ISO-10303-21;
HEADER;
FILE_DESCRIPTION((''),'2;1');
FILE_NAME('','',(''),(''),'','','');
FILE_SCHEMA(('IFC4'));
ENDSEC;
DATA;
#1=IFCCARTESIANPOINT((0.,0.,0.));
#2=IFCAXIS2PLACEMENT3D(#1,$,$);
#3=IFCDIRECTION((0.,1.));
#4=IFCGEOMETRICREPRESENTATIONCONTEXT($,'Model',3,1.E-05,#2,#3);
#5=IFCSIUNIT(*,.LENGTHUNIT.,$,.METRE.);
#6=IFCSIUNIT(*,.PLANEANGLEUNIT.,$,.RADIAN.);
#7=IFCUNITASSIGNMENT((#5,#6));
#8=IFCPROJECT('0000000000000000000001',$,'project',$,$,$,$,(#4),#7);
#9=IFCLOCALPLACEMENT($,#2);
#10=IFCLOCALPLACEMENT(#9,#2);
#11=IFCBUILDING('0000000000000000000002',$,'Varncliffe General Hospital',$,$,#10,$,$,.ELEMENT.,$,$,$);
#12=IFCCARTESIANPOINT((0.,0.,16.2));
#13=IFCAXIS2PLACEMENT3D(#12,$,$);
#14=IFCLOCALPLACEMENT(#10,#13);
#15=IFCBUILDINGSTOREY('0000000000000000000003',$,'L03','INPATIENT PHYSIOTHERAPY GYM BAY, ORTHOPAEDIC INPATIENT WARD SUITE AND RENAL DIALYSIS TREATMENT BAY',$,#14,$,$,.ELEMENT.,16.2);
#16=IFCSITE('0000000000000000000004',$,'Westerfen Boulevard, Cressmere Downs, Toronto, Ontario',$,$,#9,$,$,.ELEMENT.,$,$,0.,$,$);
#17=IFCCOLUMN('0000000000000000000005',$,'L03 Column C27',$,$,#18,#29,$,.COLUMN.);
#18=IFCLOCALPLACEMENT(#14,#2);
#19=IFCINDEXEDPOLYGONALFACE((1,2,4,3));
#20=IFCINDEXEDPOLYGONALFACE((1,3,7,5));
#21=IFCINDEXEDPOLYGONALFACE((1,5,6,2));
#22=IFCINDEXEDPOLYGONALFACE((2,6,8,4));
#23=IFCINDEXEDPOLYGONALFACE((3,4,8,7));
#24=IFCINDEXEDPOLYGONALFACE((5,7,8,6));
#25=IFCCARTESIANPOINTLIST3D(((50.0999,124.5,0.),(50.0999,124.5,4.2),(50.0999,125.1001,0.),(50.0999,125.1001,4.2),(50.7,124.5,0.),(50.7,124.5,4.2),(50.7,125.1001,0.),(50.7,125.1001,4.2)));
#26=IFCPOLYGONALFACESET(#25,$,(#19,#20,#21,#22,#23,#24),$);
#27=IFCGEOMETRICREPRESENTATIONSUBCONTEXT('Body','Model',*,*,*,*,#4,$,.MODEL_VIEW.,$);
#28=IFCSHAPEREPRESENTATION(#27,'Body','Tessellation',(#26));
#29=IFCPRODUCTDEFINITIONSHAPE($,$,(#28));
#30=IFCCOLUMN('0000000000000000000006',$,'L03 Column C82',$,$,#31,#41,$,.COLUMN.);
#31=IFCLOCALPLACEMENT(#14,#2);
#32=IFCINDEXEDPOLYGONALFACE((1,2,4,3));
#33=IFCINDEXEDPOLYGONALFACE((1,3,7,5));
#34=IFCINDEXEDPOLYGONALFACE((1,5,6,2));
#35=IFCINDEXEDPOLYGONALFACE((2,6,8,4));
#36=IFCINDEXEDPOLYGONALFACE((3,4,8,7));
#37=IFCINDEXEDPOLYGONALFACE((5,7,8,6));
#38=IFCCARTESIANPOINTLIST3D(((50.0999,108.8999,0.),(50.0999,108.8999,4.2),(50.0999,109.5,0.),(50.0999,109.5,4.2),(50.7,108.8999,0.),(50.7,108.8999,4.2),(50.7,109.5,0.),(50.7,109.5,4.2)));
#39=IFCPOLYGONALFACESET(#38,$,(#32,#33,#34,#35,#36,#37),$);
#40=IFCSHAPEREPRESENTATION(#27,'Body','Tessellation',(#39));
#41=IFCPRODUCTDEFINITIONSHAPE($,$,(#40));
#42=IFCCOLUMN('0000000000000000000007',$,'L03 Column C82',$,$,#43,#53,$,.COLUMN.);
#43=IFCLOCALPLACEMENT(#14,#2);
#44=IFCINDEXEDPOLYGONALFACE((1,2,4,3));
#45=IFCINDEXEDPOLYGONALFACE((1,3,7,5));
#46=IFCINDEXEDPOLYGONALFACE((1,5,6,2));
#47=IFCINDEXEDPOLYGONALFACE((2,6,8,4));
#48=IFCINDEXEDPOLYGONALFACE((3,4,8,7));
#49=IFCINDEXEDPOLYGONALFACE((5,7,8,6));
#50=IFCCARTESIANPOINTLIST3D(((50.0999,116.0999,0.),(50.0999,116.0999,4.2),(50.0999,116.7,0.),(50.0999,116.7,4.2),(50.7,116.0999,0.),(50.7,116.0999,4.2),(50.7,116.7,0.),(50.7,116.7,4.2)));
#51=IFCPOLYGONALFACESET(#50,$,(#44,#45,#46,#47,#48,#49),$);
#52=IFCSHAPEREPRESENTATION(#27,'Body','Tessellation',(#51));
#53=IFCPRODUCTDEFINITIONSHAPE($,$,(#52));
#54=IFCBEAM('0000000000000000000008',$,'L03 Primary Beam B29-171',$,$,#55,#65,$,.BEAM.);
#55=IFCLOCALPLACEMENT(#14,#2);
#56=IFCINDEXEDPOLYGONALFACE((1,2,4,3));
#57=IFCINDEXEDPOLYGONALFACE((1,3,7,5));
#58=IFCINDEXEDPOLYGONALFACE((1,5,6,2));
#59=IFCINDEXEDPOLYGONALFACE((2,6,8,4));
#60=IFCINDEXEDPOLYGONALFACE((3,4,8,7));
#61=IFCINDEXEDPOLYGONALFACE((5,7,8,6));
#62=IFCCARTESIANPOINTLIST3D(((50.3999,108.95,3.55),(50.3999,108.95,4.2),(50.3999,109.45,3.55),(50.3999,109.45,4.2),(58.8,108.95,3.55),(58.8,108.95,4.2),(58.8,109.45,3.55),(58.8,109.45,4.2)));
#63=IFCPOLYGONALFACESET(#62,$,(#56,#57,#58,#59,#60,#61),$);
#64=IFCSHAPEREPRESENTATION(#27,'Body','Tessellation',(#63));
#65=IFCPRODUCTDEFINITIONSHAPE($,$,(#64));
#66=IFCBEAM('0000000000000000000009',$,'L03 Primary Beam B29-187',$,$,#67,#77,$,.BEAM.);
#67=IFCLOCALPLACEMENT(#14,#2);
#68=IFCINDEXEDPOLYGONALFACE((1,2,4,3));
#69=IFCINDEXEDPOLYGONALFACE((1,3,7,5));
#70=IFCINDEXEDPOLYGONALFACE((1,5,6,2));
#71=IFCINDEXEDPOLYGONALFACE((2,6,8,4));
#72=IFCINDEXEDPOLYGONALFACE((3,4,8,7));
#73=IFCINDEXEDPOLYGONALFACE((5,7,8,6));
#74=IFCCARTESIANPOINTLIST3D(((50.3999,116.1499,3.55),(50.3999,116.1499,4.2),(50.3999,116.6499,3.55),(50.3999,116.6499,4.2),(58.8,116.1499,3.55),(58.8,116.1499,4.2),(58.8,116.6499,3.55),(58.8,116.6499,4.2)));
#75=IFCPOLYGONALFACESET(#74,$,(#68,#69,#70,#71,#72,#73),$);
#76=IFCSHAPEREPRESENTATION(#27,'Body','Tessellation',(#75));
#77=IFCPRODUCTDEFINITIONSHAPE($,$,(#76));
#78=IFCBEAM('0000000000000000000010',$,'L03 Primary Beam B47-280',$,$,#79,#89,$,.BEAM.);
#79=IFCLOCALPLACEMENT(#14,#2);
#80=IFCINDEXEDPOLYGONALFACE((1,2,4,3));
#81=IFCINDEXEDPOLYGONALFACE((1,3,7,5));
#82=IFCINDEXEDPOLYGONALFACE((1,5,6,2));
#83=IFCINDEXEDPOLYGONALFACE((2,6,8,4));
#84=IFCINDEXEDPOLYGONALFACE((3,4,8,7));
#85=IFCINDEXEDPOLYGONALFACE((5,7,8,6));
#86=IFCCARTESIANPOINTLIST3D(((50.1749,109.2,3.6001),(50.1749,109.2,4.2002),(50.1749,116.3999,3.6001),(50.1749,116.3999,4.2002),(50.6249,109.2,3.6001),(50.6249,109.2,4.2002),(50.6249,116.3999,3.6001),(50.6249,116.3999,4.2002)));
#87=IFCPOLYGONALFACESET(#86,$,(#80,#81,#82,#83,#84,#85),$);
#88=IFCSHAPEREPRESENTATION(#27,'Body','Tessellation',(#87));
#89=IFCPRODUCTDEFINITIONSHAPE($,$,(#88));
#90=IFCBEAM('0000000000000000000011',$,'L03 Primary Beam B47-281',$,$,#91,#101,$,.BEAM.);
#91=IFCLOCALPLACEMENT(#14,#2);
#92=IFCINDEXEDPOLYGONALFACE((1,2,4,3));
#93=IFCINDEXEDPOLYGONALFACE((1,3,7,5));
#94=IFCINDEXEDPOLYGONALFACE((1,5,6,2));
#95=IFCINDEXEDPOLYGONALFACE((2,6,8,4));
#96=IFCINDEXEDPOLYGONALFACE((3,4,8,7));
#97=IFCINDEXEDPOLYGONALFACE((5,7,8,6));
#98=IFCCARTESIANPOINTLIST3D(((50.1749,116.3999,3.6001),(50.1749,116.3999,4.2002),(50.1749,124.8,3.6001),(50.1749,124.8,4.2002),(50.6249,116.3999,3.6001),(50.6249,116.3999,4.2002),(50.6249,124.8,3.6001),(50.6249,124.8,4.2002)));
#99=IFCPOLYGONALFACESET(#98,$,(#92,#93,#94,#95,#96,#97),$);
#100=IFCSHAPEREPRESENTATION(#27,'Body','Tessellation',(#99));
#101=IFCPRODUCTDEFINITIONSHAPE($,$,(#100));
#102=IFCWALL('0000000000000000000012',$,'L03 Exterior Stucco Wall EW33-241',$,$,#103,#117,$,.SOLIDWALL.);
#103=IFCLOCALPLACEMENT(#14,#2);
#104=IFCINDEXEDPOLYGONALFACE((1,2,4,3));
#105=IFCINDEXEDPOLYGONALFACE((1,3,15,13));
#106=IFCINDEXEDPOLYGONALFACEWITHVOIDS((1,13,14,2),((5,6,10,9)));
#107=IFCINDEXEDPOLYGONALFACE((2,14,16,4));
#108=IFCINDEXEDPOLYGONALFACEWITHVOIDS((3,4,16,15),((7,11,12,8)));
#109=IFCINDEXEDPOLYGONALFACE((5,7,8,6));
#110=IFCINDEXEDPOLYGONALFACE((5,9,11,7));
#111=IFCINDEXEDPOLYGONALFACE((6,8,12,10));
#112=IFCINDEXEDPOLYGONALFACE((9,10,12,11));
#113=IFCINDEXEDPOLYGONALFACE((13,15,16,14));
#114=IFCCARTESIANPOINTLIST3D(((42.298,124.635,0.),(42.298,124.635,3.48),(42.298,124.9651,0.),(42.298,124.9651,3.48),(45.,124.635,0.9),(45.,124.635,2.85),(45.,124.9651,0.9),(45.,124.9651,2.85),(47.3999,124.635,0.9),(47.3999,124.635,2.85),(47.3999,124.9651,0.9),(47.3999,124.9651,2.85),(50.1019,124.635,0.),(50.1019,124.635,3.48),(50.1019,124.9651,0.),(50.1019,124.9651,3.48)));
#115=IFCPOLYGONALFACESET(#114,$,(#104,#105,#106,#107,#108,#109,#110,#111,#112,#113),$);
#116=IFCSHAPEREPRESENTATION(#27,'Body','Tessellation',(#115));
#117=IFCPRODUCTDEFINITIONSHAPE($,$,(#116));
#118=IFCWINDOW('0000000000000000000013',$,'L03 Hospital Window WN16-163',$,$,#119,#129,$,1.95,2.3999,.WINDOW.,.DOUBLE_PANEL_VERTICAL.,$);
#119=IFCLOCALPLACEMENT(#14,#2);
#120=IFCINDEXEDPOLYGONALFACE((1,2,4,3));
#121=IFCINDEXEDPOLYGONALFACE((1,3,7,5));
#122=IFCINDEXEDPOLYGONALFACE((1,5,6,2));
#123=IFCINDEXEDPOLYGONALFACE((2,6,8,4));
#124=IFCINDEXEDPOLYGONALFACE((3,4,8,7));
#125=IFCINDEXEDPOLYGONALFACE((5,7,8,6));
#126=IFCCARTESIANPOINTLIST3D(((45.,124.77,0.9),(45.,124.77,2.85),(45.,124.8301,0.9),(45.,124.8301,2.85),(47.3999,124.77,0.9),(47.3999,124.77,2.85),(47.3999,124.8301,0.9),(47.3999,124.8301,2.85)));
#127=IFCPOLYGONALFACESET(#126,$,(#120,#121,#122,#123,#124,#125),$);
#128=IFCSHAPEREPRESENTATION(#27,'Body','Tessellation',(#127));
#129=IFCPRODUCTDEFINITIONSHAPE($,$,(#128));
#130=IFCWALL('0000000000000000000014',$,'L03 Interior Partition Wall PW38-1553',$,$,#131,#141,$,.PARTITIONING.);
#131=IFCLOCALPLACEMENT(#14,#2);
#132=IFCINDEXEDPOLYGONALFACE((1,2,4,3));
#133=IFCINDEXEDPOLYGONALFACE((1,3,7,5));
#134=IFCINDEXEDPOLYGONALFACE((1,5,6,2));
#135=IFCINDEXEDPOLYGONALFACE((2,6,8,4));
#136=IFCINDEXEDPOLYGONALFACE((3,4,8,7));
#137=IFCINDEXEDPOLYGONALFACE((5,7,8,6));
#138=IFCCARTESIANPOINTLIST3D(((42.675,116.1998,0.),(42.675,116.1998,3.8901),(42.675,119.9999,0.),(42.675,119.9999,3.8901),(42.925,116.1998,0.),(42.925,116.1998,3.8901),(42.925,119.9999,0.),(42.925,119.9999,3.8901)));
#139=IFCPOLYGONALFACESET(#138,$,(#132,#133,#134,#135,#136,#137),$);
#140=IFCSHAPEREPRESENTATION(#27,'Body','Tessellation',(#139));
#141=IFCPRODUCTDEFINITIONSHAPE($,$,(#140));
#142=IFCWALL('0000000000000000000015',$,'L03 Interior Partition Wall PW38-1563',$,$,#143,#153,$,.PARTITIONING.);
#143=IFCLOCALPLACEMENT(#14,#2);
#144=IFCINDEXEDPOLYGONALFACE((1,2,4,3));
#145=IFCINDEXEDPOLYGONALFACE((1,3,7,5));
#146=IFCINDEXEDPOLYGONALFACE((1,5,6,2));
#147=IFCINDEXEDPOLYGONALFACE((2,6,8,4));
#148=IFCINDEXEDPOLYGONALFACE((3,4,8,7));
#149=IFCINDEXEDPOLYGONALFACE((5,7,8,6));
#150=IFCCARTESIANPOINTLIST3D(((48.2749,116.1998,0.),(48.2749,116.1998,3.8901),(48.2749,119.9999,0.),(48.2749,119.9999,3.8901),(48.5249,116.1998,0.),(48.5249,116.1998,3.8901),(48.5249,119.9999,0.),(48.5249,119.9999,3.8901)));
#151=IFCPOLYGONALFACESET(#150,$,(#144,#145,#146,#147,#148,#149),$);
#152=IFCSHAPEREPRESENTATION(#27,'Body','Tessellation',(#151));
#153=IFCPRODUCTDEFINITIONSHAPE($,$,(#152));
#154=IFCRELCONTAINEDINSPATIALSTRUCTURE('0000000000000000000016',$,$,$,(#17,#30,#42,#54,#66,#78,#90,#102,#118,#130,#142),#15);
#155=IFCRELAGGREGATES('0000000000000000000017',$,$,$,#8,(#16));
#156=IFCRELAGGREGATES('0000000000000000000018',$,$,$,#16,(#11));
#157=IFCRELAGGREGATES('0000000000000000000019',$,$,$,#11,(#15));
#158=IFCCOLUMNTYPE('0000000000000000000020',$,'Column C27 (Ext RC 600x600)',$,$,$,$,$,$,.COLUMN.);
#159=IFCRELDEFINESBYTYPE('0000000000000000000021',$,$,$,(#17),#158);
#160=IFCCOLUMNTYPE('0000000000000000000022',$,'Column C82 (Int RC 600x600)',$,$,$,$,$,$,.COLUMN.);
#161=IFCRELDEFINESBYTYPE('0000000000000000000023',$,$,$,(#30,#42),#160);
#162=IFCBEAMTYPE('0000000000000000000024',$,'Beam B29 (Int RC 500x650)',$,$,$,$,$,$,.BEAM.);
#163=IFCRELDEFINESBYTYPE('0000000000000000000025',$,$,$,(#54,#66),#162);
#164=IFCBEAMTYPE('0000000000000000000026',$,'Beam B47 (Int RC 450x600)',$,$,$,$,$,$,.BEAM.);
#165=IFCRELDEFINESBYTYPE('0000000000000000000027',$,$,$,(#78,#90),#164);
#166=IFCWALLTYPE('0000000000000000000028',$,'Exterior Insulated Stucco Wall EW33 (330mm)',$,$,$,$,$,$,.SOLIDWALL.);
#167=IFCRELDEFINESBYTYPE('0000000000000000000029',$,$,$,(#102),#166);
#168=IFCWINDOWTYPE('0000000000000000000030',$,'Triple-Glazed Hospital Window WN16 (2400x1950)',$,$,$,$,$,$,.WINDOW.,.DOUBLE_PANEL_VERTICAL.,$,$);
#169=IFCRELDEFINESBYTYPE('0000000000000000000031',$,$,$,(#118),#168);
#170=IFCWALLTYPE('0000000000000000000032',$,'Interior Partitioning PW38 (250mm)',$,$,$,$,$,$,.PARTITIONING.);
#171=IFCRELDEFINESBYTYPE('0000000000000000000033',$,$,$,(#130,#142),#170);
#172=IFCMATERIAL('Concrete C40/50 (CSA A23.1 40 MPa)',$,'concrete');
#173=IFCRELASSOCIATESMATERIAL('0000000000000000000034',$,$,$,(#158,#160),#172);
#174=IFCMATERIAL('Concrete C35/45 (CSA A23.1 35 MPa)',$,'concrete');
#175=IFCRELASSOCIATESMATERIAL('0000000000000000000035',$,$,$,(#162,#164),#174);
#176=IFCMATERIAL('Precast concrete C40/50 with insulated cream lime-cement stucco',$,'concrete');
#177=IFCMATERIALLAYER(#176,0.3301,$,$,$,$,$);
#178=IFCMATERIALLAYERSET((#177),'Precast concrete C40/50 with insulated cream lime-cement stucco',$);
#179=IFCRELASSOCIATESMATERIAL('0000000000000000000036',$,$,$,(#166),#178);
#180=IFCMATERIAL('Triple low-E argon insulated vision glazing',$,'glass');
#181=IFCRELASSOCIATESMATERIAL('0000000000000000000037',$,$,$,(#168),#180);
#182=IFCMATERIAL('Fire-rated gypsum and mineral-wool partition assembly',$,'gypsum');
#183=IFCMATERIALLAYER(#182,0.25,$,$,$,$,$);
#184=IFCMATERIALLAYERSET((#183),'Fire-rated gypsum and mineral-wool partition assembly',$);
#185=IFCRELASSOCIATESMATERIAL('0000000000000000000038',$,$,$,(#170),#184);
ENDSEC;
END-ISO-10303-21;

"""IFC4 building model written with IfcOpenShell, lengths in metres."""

from ifc_helpers import new_model, si_unit, direction, frame, frame_2d, origin, origin_2d, place, context, subcontext, project, spatial, rectangle, extrude, material, layer, layer_set, material_profile, profile_set, type_object, element, fill, save


model = new_model("IFC4")

# Units and contexts
model_context = context("Model", 3, precision=1e-05, world=origin(), true_north=direction((0.0, 1.0)))
body_context = subcontext(model_context, "Body", "Model", "MODEL_VIEW")
ifc_project = project(units=[si_unit("LENGTHUNIT", "METRE"), si_unit("PLANEANGLEUNIT", "RADIAN")], contexts=[model_context])

# Site, building, storey
site_placement = place(None, origin())
site = spatial("IfcSite", under=ifc_project, at=site_placement, Name="Westerfen Boulevard, Cressmere Downs, Toronto, Ontario", CompositionType="ELEMENT", RefElevation=0.0)
building_placement = place(site_placement, origin())
building = spatial("IfcBuilding", under=site, at=building_placement, Name="Varncliffe General Hospital", CompositionType="ELEMENT")
storey_placement = place(building_placement, frame((0.0, 0.0, 16.2)))
storey = spatial("IfcBuildingStorey", under=building, at=storey_placement, Name="L03", Description="INPATIENT PHYSIOTHERAPY GYM BAY, ORTHOPAEDIC INPATIENT WARD SUITE AND RENAL DIALYSIS TREATMENT BAY", CompositionType="ELEMENT", Elevation=16.2)

# Columns
ifc_material_1 = material(Name="Concrete C40/50 (CSA A23.1 40 MPa)", Category="concrete")
ifc_material_profile_1 = material_profile(ifc_material_1, rectangle(XDim=0.6001, YDim=0.6001, at=origin_2d()), Name="RC 600x600")
ifc_profile_set_1 = profile_set([ifc_material_profile_1], Name="Concrete C40/50 (CSA A23.1 40 MPa)")
column_type_1 = type_object("IfcColumnType", Name="Column C27 (Ext RC 600x600)", PredefinedType="COLUMN", material=ifc_profile_set_1)
column_placement = place(storey_placement, frame((50.3999, 124.8, 0.0), z_axis=(0.0, 0.0, 1.0), x_axis=(1.0, 0.0, 0.0)))
element("IfcColumn", 1, at=column_placement, inside=storey, type_object=column_type_1, Name="L03 Column C27", PredefinedType="COLUMN", context=body_context, shape_type="SweptSolid", body=[
    extrude(rectangle(XDim=0.6001, YDim=0.6001, at=origin_2d()), origin(), (0.0, 0.0, 1.0), 4.2),
])
ifc_material_profile_2 = material_profile(ifc_material_1, rectangle(XDim=0.6001, YDim=0.6001, at=origin_2d()), Name="RC 600x600")
ifc_profile_set_2 = profile_set([ifc_material_profile_2], Name="Concrete C40/50 (CSA A23.1 40 MPa)")
column_type_2 = type_object("IfcColumnType", Name="Column C82 (Int RC 600x600)", PredefinedType="COLUMN", material=ifc_profile_set_2)
for number, where, z_axis, x_axis, name in (
    (2, (50.3999, 109.2, 0.0), (0.0, 0.0, 1.0), (1.0, 0.0, 0.0), "L03 Column C82"),
    (3, (50.3999, 116.3999, 0.0), (0.0, 0.0, 1.0), (1.0, 0.0, 0.0), "L03 Column C82"),
):
    element("IfcColumn", number, at=place(storey_placement, frame(where, z_axis=z_axis, x_axis=x_axis)), inside=storey, type_object=column_type_2, Name=name, PredefinedType="COLUMN", context=body_context, shape_type="SweptSolid", body=[
        extrude(rectangle(XDim=0.6001, YDim=0.6001, at=origin_2d()), origin(), (0.0, 0.0, 1.0), 4.2),
    ])

# Beams
ifc_material_2 = material(Name="Concrete C35/45 (CSA A23.1 35 MPa)", Category="concrete")
ifc_material_profile_3 = material_profile(ifc_material_2, rectangle(XDim=0.5, YDim=0.6499, at=origin_2d()), Name="RC 500x650")
ifc_profile_set_3 = profile_set([ifc_material_profile_3], Name="Concrete C35/45 (CSA A23.1 35 MPa)")
beam_type_1 = type_object("IfcBeamType", Name="Beam B29 (Int RC 500x650)", PredefinedType="BEAM", material=ifc_profile_set_3)
for number, where, z_axis, x_axis, name in (
    (4, (50.3999, 109.2, 3.875), (1.0, 0.0, 0.0), (0.0, 1.0, 0.0), "L03 Primary Beam B29-171"),
    (5, (50.3999, 116.3999, 3.875), (1.0, 0.0, 0.0), (0.0, 1.0, 0.0), "L03 Primary Beam B29-187"),
):
    element("IfcBeam", number, at=place(storey_placement, frame(where, z_axis=z_axis, x_axis=x_axis)), inside=storey, type_object=beam_type_1, Name=name, PredefinedType="BEAM", context=body_context, shape_type="SweptSolid", body=[
        extrude(rectangle(XDim=0.5, YDim=0.6499, at=origin_2d()), origin(), (0.0, 0.0, 1.0), 8.4001),
    ])
ifc_material_profile_4 = material_profile(ifc_material_2, rectangle(XDim=0.45, YDim=0.6001, at=origin_2d()), Name="RC 450x600")
ifc_profile_set_4 = profile_set([ifc_material_profile_4], Name="Concrete C35/45 (CSA A23.1 35 MPa)")
beam_type_2 = type_object("IfcBeamType", Name="Beam B47 (Int RC 450x600)", PredefinedType="BEAM", material=ifc_profile_set_4)
beam_1_placement = place(storey_placement, frame((50.3999, 109.2, 3.9001), z_axis=(0.0, 1.0, 0.0), x_axis=(-1.0, 0.0, 0.0)))
element("IfcBeam", 6, at=beam_1_placement, inside=storey, type_object=beam_type_2, Name="L03 Primary Beam B47-280", PredefinedType="BEAM", context=body_context, shape_type="SweptSolid", body=[
    extrude(rectangle(XDim=0.45, YDim=0.6001, at=origin_2d()), origin(), (0.0, 0.0, 1.0), 7.2),
])
beam_2_placement = place(storey_placement, frame((50.3999, 116.3999, 3.9001), z_axis=(0.0, 1.0, 0.0), x_axis=(-1.0, 0.0, 0.0)))
element("IfcBeam", 7, at=beam_2_placement, inside=storey, type_object=beam_type_2, Name="L03 Primary Beam B47-281", PredefinedType="BEAM", context=body_context, shape_type="SweptSolid", body=[
    extrude(rectangle(XDim=0.45, YDim=0.6001, at=origin_2d()), origin(), (0.0, 0.0, 1.0), 8.4001),
])

# Wall, opening, window
ifc_material_3 = material(Name="Precast concrete C40/50 with insulated cream lime-cement stucco", Category="concrete")
ifc_layer_1 = layer(ifc_material_3, 0.3301)
ifc_layer_set_1 = layer_set([ifc_layer_1], Name="Precast concrete C40/50 with insulated cream lime-cement stucco")
wall_type_1 = type_object("IfcWallType", Name="Exterior Insulated Stucco Wall EW33 (330mm)", PredefinedType="SOLIDWALL", material=ifc_layer_set_1)
wall_1_placement = place(storey_placement, frame((42.2981, 124.8, 0.0), z_axis=(0.0, 0.0, 1.0), x_axis=(1.0, 0.0, 0.0)))
wall_1 = element("IfcWall", 8, at=wall_1_placement, inside=storey, type_object=wall_type_1, Name="L03 Exterior Stucco Wall EW33-241", PredefinedType="SOLIDWALL", context=body_context, shape_type="SweptSolid", body=[
    extrude(rectangle(XDim=7.804, YDim=0.3301, at=frame_2d((3.9019, 0.0))), origin(), (0.0, 0.0, 1.0), 3.48),
])
opening_1_placement = place(wall_1_placement, frame((2.7019, 0.0, 0.8999)))
opening_1 = element("IfcOpeningElement", 9, at=opening_1_placement, cuts=wall_1, PredefinedType="OPENING", context=body_context, shape_type="SweptSolid", body=[
    extrude(rectangle(XDim=2.3999, YDim=1.95, at=frame_2d((1.2, 0.9751))), frame((0.0, 0.175, 0.0), z_axis=(0.0, -1.0, 0.0), x_axis=(1.0, 0.0, 0.0)), (0.0, 0.0, 1.0), 0.3501),
])
ifc_material_4 = material(Name="Triple low-E argon insulated vision glazing", Category="glass")
window_type = type_object("IfcWindowType", Name="Triple-Glazed Hospital Window WN16 (2400x1950)", PartitioningType="DOUBLE_PANEL_VERTICAL", PredefinedType="WINDOW", material=ifc_material_4)
window_placement = place(opening_1_placement, origin())
window = element("IfcWindow", 10, at=window_placement, inside=storey, type_object=window_type, Name="L03 Hospital Window WN16-163", OverallHeight=1.95, OverallWidth=2.3999, PartitioningType="DOUBLE_PANEL_VERTICAL", PredefinedType="WINDOW", context=body_context, shape_type="SweptSolid", body=[
    extrude(rectangle(XDim=2.3999, YDim=1.95, at=frame_2d((1.2, 0.9751))), frame((0.0, 0.03, 0.0), z_axis=(0.0, -1.0, 0.0), x_axis=(1.0, 0.0, 0.0)), (0.0, 0.0, 1.0), 0.0601),
])
fill(opening_1, window)

# Walls
ifc_material_5 = material(Name="Fire-rated gypsum and mineral-wool partition assembly", Category="gypsum")
ifc_layer_2 = layer(ifc_material_5, 0.25)
ifc_layer_set_2 = layer_set([ifc_layer_2], Name="Fire-rated gypsum and mineral-wool partition assembly")
wall_type_2 = type_object("IfcWallType", Name="Interior Partitioning PW38 (250mm)", PredefinedType="PARTITIONING", material=ifc_layer_set_2)
for number, where, z_axis, x_axis, name in (
    (11, (42.8, 116.2, 0.0), (0.0, 0.0, 1.0), (0.0, 1.0, 0.0), "L03 Interior Partition Wall PW38-1553"),
    (12, (48.3999, 116.2, 0.0), (0.0, 0.0, 1.0), (0.0, 1.0, 0.0), "L03 Interior Partition Wall PW38-1563"),
):
    element("IfcWall", number, at=place(storey_placement, frame(where, z_axis=z_axis, x_axis=x_axis)), inside=storey, type_object=wall_type_2, Name=name, PredefinedType="PARTITIONING", context=body_context, shape_type="SweptSolid", body=[
        extrude(rectangle(XDim=3.8, YDim=0.25, at=frame_2d((1.8999, 0.0))), origin(), (0.0, 0.0, 1.0), 3.8901),
    ])

save(model, "model.ifc")
